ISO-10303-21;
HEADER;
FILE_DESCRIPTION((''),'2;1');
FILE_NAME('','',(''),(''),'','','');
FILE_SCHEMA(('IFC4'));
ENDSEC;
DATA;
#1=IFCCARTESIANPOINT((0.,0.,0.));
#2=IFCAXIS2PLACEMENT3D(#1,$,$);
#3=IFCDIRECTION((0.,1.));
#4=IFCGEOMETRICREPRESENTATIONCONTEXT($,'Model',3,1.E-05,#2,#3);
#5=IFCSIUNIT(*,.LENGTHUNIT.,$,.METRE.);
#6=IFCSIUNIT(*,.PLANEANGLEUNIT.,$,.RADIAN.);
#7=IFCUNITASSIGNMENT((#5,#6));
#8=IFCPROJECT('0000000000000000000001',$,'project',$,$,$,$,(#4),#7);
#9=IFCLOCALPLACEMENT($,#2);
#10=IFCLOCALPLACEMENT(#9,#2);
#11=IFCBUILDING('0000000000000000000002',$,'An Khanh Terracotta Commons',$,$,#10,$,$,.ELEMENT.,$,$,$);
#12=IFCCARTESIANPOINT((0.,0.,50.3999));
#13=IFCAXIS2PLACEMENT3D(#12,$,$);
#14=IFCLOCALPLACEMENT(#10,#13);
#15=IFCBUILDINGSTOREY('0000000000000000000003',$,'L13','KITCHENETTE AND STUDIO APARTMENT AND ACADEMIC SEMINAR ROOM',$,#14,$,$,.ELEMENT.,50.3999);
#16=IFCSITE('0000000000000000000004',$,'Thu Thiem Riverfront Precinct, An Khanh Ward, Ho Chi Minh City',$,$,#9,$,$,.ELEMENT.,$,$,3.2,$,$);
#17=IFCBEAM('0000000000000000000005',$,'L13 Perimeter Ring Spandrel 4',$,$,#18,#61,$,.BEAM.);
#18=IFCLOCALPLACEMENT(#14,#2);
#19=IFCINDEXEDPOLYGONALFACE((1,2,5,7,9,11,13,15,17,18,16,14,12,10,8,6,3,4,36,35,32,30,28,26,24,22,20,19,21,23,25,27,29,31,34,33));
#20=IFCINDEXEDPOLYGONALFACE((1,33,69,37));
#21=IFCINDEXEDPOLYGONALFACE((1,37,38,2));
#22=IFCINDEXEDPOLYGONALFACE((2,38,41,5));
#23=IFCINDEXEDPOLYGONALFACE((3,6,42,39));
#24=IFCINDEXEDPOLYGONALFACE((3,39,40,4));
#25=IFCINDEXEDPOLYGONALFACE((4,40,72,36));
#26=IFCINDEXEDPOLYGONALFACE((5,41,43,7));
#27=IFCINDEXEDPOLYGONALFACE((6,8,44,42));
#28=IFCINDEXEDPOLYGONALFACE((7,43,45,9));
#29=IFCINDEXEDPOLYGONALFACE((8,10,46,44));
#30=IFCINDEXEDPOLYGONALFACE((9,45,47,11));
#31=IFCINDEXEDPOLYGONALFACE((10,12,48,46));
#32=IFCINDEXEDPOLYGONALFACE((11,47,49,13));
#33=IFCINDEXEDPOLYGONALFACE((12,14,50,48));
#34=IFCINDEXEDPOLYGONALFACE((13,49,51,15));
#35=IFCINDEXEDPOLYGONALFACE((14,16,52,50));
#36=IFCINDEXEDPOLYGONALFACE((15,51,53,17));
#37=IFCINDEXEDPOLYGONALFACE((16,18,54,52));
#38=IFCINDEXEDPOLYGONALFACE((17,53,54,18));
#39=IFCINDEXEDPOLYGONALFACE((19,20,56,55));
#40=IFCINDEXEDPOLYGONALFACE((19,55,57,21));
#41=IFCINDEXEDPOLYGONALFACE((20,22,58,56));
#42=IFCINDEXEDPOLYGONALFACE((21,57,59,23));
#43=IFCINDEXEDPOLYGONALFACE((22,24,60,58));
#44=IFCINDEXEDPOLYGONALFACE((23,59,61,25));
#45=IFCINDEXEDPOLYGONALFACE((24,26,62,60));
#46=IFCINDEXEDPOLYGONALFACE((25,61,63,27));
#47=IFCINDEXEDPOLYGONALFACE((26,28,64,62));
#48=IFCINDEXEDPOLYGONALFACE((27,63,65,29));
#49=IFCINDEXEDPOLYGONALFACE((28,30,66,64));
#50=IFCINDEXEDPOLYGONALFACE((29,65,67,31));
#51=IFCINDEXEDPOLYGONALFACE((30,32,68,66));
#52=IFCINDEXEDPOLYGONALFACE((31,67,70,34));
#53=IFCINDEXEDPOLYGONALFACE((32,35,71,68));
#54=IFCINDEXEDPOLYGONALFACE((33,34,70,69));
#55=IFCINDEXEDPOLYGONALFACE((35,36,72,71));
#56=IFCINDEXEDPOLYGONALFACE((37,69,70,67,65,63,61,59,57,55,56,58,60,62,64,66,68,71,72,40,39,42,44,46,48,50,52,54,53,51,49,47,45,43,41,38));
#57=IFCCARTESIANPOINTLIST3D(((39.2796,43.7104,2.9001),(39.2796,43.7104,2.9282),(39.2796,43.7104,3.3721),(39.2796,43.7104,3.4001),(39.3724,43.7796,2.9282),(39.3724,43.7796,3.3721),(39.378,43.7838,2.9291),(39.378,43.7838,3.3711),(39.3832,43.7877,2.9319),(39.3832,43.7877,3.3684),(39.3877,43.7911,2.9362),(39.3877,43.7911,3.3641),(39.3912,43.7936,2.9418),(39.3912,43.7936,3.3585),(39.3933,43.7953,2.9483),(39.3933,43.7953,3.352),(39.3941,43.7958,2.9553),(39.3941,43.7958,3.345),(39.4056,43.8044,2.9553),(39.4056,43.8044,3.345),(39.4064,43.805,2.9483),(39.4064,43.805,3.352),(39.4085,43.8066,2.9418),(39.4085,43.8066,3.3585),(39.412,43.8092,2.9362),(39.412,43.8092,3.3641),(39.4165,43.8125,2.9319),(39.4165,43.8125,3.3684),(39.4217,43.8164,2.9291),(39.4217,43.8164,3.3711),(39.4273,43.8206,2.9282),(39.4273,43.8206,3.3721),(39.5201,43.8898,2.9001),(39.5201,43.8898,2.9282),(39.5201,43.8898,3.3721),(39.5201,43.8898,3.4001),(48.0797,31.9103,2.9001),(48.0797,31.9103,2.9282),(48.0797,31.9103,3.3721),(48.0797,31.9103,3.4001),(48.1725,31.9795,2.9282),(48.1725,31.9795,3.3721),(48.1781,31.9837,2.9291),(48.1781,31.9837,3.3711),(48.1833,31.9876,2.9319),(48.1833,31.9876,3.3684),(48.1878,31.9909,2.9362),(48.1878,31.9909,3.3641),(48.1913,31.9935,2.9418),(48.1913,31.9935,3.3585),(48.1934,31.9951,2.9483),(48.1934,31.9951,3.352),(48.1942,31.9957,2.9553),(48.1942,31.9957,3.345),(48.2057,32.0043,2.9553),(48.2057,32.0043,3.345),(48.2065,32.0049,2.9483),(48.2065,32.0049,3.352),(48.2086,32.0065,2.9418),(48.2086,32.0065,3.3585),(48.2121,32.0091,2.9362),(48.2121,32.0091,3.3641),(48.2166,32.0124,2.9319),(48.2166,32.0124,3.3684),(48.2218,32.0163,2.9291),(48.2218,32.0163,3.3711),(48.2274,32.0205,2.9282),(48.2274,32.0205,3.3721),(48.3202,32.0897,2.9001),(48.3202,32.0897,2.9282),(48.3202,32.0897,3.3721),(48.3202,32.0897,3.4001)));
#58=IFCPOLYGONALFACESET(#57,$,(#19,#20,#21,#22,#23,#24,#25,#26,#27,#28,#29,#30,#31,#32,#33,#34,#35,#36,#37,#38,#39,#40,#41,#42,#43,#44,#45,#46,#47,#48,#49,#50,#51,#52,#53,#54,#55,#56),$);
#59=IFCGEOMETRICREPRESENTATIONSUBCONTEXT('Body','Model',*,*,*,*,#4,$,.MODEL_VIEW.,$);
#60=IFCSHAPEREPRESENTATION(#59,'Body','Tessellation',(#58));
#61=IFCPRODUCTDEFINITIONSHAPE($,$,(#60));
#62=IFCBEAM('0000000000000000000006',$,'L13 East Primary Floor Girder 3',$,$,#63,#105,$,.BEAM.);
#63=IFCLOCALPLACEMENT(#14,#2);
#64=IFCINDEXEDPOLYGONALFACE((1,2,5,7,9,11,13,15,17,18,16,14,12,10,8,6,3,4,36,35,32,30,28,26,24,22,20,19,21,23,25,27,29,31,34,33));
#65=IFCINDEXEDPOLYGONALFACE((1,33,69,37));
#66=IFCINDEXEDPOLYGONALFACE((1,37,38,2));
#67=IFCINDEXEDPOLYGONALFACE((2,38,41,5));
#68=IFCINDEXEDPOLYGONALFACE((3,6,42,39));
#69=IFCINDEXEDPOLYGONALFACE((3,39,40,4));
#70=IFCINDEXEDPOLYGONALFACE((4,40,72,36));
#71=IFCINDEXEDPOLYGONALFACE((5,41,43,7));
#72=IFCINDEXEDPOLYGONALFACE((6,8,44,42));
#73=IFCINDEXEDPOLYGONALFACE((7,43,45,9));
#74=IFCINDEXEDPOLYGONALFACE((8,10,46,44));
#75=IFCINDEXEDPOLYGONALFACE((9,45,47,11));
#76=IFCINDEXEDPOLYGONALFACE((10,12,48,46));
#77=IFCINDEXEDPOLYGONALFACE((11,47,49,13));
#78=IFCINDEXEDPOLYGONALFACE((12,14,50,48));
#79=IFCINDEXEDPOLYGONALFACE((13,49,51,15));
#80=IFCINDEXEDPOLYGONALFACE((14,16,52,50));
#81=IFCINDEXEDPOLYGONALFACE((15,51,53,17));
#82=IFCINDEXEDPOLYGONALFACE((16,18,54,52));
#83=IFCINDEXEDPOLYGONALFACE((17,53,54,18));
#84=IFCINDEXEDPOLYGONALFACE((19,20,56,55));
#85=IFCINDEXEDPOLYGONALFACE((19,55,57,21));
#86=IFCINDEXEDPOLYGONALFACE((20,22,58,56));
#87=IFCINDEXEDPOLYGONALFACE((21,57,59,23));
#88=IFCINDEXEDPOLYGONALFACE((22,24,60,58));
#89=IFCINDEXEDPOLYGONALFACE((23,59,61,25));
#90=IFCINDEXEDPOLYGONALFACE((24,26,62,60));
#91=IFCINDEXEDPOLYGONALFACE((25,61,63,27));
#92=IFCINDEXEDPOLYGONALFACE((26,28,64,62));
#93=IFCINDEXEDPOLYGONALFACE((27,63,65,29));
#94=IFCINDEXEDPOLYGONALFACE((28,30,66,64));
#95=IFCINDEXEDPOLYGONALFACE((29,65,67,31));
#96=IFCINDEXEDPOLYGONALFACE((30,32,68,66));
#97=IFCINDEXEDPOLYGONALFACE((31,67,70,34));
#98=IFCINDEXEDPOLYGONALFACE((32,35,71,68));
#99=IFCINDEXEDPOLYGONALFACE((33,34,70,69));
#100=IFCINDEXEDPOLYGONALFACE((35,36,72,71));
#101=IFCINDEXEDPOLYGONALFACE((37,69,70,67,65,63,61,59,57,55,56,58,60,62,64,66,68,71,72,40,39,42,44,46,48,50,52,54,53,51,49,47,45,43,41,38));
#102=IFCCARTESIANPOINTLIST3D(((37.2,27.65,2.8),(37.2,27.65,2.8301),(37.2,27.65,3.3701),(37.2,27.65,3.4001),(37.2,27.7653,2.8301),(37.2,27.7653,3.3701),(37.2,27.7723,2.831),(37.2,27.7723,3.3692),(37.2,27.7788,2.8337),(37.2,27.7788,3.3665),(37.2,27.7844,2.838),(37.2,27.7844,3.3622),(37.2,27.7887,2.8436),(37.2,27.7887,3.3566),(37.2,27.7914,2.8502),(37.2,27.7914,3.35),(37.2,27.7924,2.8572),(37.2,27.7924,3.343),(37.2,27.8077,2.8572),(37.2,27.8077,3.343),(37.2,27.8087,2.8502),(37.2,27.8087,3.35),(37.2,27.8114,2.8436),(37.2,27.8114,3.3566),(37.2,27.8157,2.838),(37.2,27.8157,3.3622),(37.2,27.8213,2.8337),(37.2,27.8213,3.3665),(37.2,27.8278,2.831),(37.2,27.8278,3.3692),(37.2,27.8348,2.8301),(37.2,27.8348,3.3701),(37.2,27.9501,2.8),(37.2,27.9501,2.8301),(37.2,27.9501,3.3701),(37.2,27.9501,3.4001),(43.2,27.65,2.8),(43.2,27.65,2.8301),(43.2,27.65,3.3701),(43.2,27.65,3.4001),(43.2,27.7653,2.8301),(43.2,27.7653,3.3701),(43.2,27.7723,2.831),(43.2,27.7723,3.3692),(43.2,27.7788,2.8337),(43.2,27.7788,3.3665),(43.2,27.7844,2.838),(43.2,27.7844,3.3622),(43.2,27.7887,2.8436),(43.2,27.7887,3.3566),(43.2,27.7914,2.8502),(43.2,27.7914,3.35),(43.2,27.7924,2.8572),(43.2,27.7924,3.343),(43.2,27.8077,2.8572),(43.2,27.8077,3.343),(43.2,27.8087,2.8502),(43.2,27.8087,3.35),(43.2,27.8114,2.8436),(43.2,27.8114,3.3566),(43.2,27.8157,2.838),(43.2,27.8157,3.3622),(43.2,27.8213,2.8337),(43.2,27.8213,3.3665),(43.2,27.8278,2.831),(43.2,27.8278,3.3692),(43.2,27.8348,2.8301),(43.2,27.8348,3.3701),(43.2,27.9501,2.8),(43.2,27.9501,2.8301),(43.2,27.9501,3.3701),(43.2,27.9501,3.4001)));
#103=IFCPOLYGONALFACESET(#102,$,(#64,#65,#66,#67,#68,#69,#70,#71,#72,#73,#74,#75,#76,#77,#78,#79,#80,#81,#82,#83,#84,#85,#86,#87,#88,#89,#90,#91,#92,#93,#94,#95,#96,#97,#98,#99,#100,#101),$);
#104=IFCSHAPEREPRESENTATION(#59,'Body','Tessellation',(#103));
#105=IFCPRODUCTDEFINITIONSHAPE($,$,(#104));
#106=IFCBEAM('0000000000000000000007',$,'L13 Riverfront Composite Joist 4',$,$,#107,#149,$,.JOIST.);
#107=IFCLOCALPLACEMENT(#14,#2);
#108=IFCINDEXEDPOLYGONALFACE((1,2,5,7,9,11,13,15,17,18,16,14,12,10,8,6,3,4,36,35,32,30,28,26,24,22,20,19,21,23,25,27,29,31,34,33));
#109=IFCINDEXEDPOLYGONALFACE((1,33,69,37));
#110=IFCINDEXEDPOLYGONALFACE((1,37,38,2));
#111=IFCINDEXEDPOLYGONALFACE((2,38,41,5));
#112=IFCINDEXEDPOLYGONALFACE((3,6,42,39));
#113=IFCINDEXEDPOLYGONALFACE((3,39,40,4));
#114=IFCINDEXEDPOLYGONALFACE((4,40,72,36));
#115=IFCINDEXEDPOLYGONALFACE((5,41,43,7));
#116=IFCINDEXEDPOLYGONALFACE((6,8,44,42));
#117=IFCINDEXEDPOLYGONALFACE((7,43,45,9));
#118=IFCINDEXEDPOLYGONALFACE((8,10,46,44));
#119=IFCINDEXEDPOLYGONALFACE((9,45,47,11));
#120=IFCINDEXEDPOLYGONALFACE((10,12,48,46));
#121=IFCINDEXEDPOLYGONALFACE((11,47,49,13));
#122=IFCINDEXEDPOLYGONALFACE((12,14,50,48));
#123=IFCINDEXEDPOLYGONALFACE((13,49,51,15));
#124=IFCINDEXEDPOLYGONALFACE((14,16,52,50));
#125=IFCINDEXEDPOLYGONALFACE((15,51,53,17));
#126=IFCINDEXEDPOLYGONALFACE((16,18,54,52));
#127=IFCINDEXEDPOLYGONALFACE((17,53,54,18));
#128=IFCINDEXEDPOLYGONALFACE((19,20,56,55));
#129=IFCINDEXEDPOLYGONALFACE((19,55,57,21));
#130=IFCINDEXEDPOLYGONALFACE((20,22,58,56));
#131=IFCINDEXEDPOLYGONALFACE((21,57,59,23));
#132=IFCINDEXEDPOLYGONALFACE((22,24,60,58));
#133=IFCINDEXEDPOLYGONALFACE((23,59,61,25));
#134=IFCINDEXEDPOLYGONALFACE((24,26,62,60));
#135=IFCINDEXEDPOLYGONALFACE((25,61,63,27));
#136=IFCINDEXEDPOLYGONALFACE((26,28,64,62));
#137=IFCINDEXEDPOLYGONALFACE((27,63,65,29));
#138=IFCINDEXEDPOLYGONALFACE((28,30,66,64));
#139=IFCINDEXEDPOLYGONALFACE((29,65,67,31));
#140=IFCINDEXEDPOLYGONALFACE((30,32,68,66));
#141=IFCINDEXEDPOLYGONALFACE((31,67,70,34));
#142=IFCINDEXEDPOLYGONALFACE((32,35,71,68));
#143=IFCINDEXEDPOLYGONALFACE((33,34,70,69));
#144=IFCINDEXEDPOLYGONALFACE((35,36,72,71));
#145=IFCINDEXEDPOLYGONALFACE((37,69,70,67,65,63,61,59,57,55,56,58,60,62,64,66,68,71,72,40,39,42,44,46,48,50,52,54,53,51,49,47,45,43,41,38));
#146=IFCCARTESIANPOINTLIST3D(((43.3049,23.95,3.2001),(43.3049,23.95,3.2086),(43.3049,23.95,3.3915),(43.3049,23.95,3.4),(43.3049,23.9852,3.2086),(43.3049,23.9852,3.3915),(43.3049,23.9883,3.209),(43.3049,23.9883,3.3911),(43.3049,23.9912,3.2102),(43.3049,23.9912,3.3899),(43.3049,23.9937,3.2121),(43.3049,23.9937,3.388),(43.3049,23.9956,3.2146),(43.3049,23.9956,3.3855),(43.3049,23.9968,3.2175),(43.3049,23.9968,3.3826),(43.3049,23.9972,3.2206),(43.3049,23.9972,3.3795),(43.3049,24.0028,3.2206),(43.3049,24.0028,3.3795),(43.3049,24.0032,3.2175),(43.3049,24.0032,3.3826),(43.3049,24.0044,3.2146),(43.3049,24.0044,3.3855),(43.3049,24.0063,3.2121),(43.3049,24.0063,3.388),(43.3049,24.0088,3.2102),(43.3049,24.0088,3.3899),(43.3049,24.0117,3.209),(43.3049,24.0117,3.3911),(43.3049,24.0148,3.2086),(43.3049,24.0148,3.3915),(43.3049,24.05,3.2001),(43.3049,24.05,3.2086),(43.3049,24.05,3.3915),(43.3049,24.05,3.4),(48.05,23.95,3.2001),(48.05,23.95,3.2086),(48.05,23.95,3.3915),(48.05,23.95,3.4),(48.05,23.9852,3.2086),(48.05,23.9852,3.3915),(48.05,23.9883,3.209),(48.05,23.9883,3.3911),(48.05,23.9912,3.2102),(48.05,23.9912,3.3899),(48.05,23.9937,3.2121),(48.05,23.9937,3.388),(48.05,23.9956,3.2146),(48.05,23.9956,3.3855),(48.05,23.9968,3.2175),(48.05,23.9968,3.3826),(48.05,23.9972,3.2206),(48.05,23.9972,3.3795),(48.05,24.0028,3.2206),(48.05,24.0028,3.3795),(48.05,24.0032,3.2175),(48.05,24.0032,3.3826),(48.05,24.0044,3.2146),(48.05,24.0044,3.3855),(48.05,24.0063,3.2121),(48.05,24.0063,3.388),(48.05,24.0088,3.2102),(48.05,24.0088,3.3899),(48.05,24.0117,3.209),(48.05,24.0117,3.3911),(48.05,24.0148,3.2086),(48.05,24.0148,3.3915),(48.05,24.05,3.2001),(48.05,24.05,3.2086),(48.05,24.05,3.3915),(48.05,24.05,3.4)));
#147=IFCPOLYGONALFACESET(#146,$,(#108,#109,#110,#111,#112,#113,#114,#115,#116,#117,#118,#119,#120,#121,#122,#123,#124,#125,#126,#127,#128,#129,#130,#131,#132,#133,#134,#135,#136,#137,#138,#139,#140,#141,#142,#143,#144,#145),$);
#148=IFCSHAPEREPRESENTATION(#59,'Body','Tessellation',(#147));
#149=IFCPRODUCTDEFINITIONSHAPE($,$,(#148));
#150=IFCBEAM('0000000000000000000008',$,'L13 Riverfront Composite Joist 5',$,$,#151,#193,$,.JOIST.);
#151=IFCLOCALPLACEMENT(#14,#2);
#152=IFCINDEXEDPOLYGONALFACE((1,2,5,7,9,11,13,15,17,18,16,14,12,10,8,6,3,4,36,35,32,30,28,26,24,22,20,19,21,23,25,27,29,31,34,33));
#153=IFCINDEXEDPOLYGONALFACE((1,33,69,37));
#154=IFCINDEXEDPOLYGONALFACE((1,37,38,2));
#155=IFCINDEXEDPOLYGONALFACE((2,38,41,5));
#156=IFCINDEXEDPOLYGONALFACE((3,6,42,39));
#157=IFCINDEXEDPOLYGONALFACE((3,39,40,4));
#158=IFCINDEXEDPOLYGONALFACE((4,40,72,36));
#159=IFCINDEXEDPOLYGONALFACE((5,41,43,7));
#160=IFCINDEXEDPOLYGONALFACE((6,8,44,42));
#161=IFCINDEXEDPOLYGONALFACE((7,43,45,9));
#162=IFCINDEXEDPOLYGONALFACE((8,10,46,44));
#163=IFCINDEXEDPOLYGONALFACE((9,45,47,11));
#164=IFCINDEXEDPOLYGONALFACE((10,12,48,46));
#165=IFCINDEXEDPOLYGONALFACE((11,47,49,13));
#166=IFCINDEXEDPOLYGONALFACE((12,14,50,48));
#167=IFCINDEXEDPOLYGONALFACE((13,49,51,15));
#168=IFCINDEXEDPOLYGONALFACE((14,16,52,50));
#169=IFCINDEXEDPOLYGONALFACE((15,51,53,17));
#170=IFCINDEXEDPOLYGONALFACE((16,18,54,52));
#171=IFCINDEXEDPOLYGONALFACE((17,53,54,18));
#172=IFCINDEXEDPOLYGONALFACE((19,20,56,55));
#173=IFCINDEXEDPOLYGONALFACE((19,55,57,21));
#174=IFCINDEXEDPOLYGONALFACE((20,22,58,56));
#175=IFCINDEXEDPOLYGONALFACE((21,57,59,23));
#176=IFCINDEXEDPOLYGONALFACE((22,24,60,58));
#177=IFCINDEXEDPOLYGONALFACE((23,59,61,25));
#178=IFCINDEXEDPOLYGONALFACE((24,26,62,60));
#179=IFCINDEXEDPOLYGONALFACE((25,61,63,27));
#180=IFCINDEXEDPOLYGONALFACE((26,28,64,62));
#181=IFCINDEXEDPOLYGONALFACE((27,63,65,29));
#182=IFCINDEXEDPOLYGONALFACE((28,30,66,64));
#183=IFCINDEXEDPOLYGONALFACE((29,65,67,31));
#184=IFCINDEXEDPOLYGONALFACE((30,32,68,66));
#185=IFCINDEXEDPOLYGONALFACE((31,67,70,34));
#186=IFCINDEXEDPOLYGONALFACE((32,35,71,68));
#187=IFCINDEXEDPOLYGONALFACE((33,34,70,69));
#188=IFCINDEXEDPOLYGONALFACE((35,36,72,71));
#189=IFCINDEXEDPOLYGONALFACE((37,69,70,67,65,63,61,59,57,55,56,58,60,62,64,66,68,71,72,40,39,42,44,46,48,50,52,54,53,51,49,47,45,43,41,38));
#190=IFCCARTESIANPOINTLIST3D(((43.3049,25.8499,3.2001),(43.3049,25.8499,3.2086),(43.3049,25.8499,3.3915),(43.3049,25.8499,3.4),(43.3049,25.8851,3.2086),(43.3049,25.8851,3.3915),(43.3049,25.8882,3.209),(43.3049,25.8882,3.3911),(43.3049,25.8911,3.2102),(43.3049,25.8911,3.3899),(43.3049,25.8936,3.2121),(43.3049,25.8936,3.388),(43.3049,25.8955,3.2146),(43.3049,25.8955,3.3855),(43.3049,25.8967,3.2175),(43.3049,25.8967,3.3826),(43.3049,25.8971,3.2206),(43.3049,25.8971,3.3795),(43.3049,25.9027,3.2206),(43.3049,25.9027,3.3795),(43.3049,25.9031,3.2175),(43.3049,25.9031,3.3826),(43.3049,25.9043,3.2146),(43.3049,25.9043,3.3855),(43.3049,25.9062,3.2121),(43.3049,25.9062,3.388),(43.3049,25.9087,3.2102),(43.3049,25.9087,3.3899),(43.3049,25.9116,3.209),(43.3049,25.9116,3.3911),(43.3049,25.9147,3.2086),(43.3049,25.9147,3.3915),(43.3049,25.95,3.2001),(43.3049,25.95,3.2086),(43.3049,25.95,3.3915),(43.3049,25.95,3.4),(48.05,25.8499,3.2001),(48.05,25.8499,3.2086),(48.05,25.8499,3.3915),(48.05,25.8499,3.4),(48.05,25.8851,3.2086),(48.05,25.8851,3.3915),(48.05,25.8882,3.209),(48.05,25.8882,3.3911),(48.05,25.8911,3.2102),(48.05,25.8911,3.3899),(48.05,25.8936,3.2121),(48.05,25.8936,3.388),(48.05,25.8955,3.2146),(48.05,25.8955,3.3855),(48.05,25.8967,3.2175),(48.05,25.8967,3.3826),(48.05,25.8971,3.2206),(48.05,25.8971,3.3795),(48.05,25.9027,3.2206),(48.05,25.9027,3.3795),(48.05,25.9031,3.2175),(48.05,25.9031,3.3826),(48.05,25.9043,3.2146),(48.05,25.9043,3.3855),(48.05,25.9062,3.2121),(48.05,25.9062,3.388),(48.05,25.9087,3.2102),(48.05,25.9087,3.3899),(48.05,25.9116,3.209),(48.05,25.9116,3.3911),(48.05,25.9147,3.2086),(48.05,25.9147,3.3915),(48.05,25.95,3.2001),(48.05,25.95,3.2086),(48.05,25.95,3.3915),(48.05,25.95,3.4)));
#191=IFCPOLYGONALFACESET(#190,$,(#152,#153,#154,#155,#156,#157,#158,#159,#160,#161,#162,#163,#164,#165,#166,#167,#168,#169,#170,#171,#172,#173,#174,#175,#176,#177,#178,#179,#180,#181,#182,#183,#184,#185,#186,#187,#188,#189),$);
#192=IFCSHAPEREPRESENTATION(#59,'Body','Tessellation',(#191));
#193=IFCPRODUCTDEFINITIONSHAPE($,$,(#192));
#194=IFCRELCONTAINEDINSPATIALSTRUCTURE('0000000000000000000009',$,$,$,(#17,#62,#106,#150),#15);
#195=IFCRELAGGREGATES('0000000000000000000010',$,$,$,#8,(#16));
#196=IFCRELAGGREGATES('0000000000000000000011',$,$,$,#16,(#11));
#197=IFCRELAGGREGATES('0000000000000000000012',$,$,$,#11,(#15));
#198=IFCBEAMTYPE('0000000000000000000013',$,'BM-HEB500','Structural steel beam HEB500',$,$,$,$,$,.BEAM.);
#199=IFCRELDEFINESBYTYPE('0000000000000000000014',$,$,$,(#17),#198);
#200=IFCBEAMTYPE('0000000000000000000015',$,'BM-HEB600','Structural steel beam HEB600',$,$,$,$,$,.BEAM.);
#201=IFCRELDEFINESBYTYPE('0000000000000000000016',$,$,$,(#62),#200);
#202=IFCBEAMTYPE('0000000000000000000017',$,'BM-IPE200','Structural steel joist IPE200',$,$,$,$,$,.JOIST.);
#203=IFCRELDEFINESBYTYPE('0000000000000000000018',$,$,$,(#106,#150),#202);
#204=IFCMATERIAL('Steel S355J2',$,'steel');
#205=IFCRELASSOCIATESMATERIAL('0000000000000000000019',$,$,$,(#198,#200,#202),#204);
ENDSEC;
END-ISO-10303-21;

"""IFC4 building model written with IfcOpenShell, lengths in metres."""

from ifc_helpers import new_model, si_unit, direction, frame, origin, origin_2d, place, context, subcontext, project, spatial, i_section, extrude, material, material_profile, profile_set, type_object, element, save


model = new_model("IFC4")

# Units and contexts
model_context = context("Model", 3, precision=1e-05, world=origin(), true_north=direction((0.0, 1.0)))
body_context = subcontext(model_context, "Body", "Model", "MODEL_VIEW")
ifc_project = project(units=[si_unit("LENGTHUNIT", "METRE"), si_unit("PLANEANGLEUNIT", "RADIAN")], contexts=[model_context])

# Site, building, storey
site_placement = place(None, origin())
site = spatial("IfcSite", under=ifc_project, at=site_placement, Name="Thu Thiem Riverfront Precinct, An Khanh Ward, Ho Chi Minh City", CompositionType="ELEMENT", RefElevation=3.2)
building_placement = place(site_placement, origin())
building = spatial("IfcBuilding", under=site, at=building_placement, Name="An Khanh Terracotta Commons", CompositionType="ELEMENT")
storey_placement = place(building_placement, frame((0.0, 0.0, 50.3999)))
storey = spatial("IfcBuildingStorey", under=building, at=storey_placement, Name="L13", Description="KITCHENETTE AND STUDIO APARTMENT AND ACADEMIC SEMINAR ROOM", CompositionType="ELEMENT", Elevation=50.3999)

# Beams
ifc_material_1 = material(Name="Steel S355J2", Category="steel")
ifc_material_profile_1 = material_profile(ifc_material_1, i_section(OverallWidth=0.3, OverallDepth=0.5, WebThickness=0.0144, FlangeThickness=0.0281, FilletRadius=0.0271, at=origin_2d()), Name="HEB500")
ifc_profile_set_1 = profile_set([ifc_material_profile_1], Name="Steel S355J2")
beam_type_1 = type_object("IfcBeamType", Name="BM-HEB500", Description="Structural steel beam HEB500", PredefinedType="BEAM", material=ifc_profile_set_1)
beam_1_placement = place(storey_placement, frame((48.2, 32.0, 3.1501), z_axis=(-0.597824, 0.801627, 0.0), x_axis=(-0.801627, -0.597824, 0.0)))
element("IfcBeam", 1, at=beam_1_placement, inside=storey, type_object=beam_type_1, Name="L13 Perimeter Ring Spandrel 4", PredefinedType="BEAM", context=body_context, shape_type="SweptSolid", body=[
    extrude(i_section(OverallWidth=0.3, OverallDepth=0.5, WebThickness=0.0144, FlangeThickness=0.0281, FilletRadius=0.0271, at=origin_2d()), origin(), (0.0, 0.0, 1.0), 14.7202),
])
ifc_material_profile_2 = material_profile(ifc_material_1, i_section(OverallWidth=0.3, OverallDepth=0.6001, WebThickness=0.0154, FlangeThickness=0.03, FilletRadius=0.0271, at=origin_2d()), Name="HEB600")
ifc_profile_set_2 = profile_set([ifc_material_profile_2], Name="Steel S355J2")
beam_type_2 = type_object("IfcBeamType", Name="BM-HEB600", Description="Structural steel beam HEB600", PredefinedType="BEAM", material=ifc_profile_set_2)
beam_2_placement = place(storey_placement, frame((37.2, 27.8, 3.1001), z_axis=(1.0, 0.0, 0.0), x_axis=(0.0, 1.0, 0.0)))
element("IfcBeam", 2, at=beam_2_placement, inside=storey, type_object=beam_type_2, Name="L13 East Primary Floor Girder 3", PredefinedType="BEAM", context=body_context, shape_type="SweptSolid", body=[
    extrude(i_section(OverallWidth=0.3, OverallDepth=0.6001, WebThickness=0.0154, FlangeThickness=0.03, FilletRadius=0.0271, at=origin_2d()), origin(), (0.0, 0.0, 1.0), 6.0),
])
ifc_material_profile_3 = material_profile(ifc_material_1, i_section(OverallWidth=0.1001, OverallDepth=0.2, WebThickness=0.0056, FlangeThickness=0.0085, FilletRadius=0.012, at=origin_2d()), Name="IPE200")
ifc_profile_set_3 = profile_set([ifc_material_profile_3], Name="Steel S355J2")
beam_type_3 = type_object("IfcBeamType", Name="BM-IPE200", Description="Structural steel joist IPE200", PredefinedType="JOIST", material=ifc_profile_set_3)
for number, where, z_axis, x_axis, name in (
    (3, (43.3049, 24.0, 3.3), (1.0, 0.0, 0.0), (0.0, 1.0, 0.0), "L13 Riverfront Composite Joist 4"),
    (4, (43.3049, 25.8999, 3.3), (1.0, 0.0, 0.0), (0.0, 1.0, 0.0), "L13 Riverfront Composite Joist 5"),
):
    element("IfcBeam", number, at=place(storey_placement, frame(where, z_axis=z_axis, x_axis=x_axis)), inside=storey, type_object=beam_type_3, Name=name, PredefinedType="JOIST", context=body_context, shape_type="SweptSolid", body=[
        extrude(i_section(OverallWidth=0.1001, OverallDepth=0.2, WebThickness=0.0056, FlangeThickness=0.0085, FilletRadius=0.012, at=origin_2d()), origin(), (0.0, 0.0, 1.0), 4.7451),
    ])

save(model, "model.ifc")
